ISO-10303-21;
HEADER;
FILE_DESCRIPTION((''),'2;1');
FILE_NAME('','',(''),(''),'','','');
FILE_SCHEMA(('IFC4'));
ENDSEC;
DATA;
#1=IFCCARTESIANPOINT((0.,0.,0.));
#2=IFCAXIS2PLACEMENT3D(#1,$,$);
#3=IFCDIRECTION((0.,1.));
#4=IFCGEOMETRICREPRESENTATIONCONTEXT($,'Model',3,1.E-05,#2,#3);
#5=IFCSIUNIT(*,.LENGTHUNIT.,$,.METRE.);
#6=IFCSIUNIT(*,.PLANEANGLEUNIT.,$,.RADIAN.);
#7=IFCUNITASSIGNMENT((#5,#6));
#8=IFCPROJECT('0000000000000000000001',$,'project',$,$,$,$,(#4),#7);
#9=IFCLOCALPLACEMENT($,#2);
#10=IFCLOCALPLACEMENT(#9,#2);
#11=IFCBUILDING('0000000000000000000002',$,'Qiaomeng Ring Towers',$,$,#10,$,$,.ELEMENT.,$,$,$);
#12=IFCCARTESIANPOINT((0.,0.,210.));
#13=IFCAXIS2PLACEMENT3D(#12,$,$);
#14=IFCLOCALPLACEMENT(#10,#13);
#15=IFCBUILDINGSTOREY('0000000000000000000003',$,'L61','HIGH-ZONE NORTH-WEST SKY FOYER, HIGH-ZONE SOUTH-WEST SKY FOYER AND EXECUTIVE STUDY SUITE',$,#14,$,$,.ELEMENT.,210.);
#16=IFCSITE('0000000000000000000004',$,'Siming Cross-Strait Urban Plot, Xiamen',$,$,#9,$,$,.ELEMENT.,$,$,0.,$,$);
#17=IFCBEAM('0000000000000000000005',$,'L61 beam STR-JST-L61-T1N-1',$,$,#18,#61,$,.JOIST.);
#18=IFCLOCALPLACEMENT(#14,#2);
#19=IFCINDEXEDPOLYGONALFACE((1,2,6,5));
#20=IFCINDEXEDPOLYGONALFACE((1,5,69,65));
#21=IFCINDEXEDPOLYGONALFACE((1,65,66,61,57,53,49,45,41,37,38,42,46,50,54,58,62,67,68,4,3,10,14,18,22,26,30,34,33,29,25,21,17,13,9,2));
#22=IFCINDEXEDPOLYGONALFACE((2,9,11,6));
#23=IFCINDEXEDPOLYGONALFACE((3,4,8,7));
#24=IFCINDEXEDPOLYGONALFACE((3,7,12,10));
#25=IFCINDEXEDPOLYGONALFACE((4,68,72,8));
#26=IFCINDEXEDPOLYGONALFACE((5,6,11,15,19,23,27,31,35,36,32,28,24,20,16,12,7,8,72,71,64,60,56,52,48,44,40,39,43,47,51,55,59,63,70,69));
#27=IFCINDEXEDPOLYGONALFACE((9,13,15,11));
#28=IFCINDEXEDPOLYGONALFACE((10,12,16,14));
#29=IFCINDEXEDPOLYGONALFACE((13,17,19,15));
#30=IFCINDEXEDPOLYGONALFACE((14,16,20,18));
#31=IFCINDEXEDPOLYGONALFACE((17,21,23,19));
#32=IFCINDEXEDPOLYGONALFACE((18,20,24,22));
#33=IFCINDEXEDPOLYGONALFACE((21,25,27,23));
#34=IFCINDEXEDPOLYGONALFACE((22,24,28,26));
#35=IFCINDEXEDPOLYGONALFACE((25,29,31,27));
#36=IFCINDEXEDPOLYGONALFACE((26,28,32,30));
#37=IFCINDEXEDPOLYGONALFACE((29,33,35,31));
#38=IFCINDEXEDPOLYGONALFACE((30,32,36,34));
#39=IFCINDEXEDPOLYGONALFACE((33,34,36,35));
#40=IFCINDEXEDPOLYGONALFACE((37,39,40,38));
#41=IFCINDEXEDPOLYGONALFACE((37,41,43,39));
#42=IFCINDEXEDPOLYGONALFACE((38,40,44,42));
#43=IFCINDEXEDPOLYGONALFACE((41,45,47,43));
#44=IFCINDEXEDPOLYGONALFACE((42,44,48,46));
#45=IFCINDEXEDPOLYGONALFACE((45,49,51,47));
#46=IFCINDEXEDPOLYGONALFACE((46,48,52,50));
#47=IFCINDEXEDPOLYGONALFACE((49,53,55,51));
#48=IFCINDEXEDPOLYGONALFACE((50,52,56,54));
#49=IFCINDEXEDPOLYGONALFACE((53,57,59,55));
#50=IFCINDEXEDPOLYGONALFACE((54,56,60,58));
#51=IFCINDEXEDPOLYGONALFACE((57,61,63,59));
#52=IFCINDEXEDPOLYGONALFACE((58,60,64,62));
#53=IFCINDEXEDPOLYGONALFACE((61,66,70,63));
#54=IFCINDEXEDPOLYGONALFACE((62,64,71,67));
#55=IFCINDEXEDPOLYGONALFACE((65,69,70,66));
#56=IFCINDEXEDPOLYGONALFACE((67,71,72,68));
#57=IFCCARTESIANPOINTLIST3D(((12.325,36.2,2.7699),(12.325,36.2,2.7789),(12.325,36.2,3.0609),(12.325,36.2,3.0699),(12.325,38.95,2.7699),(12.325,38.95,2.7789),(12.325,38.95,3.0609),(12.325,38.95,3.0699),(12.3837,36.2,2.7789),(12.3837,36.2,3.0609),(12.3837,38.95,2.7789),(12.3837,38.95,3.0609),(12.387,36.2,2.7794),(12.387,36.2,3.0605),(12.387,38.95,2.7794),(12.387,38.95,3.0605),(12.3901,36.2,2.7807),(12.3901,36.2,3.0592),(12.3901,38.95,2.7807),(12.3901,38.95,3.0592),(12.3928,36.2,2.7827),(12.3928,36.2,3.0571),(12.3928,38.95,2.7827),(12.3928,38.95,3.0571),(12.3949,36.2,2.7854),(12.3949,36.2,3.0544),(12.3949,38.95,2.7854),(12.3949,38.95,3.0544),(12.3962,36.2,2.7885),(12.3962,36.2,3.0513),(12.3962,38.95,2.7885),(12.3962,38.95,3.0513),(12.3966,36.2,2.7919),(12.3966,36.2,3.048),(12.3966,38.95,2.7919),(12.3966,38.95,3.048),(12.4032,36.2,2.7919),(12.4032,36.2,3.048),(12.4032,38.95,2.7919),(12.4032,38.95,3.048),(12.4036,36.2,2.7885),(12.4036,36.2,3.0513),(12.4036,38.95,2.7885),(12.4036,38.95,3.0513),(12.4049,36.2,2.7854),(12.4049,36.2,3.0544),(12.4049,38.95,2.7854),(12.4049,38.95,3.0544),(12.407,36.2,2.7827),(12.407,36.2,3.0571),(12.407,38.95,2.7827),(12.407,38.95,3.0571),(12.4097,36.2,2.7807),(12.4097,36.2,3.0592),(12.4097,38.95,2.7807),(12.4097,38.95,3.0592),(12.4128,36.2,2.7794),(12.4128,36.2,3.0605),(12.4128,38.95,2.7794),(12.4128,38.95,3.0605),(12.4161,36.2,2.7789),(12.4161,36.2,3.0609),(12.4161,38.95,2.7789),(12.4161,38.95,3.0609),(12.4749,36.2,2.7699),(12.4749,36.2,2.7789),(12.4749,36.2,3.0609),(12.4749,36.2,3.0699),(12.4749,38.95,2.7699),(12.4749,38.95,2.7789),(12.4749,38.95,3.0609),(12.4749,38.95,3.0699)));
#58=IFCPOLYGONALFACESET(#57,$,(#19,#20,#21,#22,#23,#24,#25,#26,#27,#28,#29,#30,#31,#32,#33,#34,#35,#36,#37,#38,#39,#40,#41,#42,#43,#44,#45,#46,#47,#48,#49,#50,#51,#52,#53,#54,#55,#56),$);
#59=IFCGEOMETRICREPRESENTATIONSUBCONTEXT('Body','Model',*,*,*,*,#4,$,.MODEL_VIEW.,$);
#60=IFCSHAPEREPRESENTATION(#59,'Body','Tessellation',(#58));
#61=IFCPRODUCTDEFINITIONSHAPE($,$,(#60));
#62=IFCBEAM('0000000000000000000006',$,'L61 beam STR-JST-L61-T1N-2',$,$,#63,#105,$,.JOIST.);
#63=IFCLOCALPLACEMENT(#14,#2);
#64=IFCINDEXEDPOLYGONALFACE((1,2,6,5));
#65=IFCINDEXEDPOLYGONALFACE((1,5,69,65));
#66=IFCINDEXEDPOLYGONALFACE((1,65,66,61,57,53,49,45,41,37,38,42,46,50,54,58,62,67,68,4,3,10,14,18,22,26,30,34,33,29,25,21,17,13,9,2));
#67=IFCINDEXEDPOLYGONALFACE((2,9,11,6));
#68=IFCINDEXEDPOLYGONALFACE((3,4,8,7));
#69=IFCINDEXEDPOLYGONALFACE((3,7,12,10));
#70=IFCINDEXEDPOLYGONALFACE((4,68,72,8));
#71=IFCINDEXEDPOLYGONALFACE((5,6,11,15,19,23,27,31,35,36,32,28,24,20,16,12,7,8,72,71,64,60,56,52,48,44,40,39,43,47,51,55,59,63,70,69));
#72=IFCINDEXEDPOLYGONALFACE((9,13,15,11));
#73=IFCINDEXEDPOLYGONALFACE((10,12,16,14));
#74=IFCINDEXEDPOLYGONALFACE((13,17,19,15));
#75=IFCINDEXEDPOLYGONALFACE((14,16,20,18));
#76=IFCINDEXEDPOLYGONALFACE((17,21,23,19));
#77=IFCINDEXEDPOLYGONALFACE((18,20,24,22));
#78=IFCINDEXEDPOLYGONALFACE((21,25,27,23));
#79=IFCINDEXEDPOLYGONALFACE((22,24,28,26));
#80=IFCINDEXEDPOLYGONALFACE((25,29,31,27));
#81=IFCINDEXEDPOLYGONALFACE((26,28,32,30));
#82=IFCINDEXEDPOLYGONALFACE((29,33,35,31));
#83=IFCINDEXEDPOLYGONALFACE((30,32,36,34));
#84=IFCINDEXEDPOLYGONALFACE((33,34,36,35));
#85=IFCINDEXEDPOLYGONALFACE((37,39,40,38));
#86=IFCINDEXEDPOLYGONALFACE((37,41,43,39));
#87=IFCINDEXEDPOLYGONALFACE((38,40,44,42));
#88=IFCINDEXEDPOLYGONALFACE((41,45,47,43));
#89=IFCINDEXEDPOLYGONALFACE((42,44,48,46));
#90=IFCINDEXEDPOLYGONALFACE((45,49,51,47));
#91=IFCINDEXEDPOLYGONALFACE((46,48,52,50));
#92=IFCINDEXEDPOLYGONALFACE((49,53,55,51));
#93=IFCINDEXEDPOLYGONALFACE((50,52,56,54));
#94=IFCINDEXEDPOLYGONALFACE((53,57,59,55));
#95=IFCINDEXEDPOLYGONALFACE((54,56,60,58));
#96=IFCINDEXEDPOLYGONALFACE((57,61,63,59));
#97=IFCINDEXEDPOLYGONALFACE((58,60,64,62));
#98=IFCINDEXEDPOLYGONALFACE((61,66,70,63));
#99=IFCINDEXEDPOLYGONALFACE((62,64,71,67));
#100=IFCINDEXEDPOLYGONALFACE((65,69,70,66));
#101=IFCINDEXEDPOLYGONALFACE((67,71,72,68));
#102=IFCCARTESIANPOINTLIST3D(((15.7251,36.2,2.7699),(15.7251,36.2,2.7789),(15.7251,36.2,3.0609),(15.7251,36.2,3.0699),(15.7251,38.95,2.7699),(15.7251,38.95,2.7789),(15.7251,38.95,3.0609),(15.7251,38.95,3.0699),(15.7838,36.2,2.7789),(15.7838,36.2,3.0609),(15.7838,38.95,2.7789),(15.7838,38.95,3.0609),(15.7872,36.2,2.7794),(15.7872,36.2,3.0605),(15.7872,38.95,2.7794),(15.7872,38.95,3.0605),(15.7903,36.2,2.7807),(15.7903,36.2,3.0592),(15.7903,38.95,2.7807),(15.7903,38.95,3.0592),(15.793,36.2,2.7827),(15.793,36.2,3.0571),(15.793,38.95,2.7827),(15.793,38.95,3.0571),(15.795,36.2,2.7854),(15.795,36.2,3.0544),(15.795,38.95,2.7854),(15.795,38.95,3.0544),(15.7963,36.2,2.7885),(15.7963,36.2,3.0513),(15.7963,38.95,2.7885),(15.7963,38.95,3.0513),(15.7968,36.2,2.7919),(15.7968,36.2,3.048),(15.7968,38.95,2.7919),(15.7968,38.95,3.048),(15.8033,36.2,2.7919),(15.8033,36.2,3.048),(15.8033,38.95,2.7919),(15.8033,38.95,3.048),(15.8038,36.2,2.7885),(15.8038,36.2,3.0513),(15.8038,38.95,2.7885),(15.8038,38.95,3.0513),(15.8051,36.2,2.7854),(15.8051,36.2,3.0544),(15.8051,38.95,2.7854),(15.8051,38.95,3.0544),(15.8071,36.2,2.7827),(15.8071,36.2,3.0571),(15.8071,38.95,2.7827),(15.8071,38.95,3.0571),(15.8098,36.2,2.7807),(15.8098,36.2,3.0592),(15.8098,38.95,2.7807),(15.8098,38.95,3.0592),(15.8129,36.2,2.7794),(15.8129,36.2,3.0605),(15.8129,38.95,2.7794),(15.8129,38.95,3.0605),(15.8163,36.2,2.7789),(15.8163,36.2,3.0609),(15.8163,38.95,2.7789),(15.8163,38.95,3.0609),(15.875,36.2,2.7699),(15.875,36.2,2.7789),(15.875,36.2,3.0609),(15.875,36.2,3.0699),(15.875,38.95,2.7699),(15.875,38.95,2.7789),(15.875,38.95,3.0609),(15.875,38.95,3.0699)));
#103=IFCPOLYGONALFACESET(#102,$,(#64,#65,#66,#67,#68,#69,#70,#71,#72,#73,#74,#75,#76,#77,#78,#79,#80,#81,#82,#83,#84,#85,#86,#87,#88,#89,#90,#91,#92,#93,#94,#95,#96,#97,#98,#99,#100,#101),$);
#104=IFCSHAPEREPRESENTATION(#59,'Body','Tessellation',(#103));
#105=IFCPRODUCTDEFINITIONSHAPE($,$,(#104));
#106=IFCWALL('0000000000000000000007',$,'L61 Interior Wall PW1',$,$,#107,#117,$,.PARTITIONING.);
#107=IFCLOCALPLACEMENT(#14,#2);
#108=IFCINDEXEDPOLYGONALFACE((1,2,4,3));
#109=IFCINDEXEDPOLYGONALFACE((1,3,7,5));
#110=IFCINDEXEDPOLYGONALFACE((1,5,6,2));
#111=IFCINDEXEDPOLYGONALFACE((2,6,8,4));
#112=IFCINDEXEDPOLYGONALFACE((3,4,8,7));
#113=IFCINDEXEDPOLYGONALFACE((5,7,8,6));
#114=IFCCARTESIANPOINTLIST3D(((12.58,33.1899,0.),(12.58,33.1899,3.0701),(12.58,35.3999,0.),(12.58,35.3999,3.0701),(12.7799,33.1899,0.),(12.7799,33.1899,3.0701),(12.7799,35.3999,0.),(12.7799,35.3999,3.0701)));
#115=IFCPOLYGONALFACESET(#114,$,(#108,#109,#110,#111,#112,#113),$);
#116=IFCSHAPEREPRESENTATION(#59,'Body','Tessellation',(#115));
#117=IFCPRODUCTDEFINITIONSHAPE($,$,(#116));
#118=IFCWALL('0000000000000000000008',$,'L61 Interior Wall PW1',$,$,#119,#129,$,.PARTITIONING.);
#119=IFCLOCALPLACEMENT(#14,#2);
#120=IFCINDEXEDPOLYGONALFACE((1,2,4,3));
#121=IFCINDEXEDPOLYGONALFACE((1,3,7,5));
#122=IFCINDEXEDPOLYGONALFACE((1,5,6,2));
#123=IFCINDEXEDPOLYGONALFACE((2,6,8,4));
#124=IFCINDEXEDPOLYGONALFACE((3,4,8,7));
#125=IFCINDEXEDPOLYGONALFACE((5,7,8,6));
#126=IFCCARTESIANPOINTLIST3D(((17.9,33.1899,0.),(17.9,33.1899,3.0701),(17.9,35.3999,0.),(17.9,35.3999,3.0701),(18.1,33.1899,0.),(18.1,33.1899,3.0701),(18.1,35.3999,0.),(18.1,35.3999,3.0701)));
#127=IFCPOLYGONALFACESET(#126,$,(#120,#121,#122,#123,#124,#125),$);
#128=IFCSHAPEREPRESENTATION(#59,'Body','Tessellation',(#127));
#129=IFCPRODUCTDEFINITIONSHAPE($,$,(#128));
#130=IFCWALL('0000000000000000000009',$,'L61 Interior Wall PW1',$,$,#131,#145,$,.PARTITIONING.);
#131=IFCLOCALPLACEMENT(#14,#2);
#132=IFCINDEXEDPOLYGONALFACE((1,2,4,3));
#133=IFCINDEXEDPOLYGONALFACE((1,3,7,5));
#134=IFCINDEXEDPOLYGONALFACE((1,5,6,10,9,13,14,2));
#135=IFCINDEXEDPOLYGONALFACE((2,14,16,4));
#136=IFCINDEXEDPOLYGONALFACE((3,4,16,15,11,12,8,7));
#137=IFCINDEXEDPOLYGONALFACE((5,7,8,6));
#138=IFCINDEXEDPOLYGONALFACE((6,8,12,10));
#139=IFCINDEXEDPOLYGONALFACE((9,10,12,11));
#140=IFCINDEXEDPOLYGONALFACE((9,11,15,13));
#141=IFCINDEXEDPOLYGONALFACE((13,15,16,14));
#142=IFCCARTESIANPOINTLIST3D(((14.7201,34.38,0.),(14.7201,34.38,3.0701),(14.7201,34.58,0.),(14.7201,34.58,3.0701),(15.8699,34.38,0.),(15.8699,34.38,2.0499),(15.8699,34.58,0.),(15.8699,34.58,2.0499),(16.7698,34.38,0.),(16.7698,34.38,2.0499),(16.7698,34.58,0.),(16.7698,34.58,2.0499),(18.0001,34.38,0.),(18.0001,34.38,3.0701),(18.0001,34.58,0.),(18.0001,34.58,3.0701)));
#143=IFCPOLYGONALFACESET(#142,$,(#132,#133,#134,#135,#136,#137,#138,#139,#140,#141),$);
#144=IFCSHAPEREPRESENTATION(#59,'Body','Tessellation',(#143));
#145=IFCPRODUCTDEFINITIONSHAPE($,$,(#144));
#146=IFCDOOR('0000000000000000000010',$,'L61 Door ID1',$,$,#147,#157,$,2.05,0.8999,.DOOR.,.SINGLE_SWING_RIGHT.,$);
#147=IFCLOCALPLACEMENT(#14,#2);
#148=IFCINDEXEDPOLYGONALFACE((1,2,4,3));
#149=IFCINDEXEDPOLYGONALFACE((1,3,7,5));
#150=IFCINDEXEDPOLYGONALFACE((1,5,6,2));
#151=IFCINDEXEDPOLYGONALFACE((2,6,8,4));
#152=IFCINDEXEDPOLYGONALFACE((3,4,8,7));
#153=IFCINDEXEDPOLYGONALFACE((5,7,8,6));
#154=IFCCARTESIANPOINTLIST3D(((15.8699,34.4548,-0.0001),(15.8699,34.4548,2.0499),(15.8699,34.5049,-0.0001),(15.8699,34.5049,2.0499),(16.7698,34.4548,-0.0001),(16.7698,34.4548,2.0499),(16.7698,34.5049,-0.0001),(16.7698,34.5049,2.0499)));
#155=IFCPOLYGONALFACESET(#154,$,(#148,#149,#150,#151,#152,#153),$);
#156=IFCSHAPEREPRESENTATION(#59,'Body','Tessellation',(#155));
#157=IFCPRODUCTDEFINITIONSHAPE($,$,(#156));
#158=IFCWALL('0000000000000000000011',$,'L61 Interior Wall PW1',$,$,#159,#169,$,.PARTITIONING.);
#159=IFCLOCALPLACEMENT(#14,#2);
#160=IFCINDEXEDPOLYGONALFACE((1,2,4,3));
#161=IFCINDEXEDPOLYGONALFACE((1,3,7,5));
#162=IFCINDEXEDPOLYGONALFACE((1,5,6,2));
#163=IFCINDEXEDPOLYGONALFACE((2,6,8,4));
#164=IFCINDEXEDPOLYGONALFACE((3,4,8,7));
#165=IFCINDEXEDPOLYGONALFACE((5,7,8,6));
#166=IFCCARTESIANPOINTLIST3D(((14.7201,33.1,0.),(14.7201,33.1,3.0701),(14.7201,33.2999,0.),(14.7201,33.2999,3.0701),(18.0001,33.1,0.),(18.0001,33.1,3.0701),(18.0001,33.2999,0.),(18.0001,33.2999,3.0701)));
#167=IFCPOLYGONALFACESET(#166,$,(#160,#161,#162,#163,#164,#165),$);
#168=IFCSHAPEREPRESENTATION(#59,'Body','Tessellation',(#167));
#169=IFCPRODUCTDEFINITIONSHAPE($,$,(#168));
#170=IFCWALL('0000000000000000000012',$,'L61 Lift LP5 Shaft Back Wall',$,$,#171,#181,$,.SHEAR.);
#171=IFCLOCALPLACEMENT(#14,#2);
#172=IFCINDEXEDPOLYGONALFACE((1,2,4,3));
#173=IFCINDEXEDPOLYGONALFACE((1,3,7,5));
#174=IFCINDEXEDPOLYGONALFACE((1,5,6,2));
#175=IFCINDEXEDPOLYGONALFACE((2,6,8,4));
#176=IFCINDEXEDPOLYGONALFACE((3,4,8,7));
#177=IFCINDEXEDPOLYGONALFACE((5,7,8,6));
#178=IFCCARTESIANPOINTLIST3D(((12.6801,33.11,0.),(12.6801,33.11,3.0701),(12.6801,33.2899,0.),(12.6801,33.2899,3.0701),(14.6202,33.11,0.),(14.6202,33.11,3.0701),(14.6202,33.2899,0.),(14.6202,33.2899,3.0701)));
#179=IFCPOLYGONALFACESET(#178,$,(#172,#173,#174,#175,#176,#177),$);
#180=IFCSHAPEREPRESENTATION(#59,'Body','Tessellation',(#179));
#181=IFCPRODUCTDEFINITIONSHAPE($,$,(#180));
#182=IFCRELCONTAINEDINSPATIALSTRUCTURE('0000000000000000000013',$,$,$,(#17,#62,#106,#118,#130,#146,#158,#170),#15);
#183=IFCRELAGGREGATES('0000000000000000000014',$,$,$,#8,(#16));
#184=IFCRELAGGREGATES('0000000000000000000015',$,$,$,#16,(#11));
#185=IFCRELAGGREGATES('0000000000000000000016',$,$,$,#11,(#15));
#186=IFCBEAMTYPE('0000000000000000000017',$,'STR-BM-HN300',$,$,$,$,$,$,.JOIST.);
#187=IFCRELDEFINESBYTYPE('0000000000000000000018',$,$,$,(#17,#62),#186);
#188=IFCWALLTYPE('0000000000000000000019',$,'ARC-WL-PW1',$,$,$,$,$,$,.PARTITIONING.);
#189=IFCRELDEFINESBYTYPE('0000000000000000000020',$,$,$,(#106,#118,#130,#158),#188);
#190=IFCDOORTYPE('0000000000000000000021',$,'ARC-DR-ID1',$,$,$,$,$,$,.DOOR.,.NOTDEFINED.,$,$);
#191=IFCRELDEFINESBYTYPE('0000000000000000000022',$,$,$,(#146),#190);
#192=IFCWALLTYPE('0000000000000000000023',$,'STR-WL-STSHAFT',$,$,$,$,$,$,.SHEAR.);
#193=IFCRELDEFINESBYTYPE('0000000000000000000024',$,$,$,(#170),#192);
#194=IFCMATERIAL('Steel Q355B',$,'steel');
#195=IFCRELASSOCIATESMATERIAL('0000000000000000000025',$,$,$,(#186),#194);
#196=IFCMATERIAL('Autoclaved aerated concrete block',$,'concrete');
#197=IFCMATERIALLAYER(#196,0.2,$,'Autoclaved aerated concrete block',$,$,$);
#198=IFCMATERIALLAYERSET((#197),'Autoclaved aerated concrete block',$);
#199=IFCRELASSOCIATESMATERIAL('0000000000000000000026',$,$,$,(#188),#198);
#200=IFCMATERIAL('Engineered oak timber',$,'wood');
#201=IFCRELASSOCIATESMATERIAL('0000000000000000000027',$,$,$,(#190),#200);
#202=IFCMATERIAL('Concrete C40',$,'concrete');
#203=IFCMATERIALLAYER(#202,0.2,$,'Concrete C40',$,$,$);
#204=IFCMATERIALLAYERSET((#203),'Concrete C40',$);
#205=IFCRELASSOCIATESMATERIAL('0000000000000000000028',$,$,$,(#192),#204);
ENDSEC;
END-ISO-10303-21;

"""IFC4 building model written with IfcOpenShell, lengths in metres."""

from ifc_helpers import new_model, si_unit, direction, frame, frame_2d, origin, origin_2d, place, context, subcontext, project, spatial, rectangle, i_section, extrude, source, transform, mapped, material, layer, layer_set, material_profile, profile_set, type_object, element, fill, save


model = new_model("IFC4")

# Units and contexts
model_context = context("Model", 3, precision=1e-05, world=origin(), true_north=direction((0.0, 1.0)))
body_context = subcontext(model_context, "Body", "Model", "MODEL_VIEW")
ifc_project = project(units=[si_unit("LENGTHUNIT", "METRE"), si_unit("PLANEANGLEUNIT", "RADIAN")], contexts=[model_context])

# Site, building, storey
site_placement = place(None, origin())
site = spatial("IfcSite", under=ifc_project, at=site_placement, Name="Siming Cross-Strait Urban Plot, Xiamen", CompositionType="ELEMENT", RefElevation=0.0)
building_placement = place(site_placement, origin())
building = spatial("IfcBuilding", under=site, at=building_placement, Name="Qiaomeng Ring Towers", CompositionType="ELEMENT")
storey_placement = place(building_placement, frame((0.0, 0.0, 210.0)))
storey = spatial("IfcBuildingStorey", under=building, at=storey_placement, Name="L61", Description="HIGH-ZONE NORTH-WEST SKY FOYER, HIGH-ZONE SOUTH-WEST SKY FOYER AND EXECUTIVE STUDY SUITE", CompositionType="ELEMENT", Elevation=210.0)

# Beams
ifc_material_1 = material(Name="Steel Q355B", Category="steel")
ifc_material_profile_1 = material_profile(ifc_material_1, i_section(OverallWidth=0.1499, OverallDepth=0.3, WebThickness=0.0066, FlangeThickness=0.009, FilletRadius=0.0129, at=origin_2d()), Name="HN 300x150x6.5x9")
ifc_profile_set_1 = profile_set([ifc_material_profile_1], Name="Steel Q355B")
beam_type = type_object("IfcBeamType", Name="STR-BM-HN300", PredefinedType="JOIST", material=ifc_profile_set_1)
shared_shape_1 = source(origin(), body_context, "Body", "SweptSolid", [
    extrude(i_section(OverallWidth=0.1499, OverallDepth=0.3, WebThickness=0.0066, FlangeThickness=0.009, FilletRadius=0.0129, at=origin_2d()), origin(), (0.0, 0.0, 1.0), 2.75),
])
for number, where, z_axis, x_axis, name in (
    (1, (12.3999, 36.2, 2.9199), (0.0, 1.0, 0.0), (-1.0, 0.0, 0.0), "L61 beam STR-JST-L61-T1N-1"),
    (2, (15.8, 36.2, 2.9199), (0.0, 1.0, 0.0), (-1.0, 0.0, 0.0), "L61 beam STR-JST-L61-T1N-2"),
):
    element("IfcBeam", number, at=place(storey_placement, frame(where, z_axis=z_axis, x_axis=x_axis)), inside=storey, type_object=beam_type, Name=name, PredefinedType="JOIST", context=body_context, shape_type="MappedRepresentation", body=[
        mapped(shared_shape_1, transform((0.0, 0.0, 0.0), x_axis=(1.0, 0.0, 0.0), y_axis=(0.0, 1.0, 0.0), z_axis=(0.0, 0.0, 1.0), scale=1.0)),
    ])

# Walls
ifc_material_2 = material(Name="Autoclaved aerated concrete block", Category="concrete")
ifc_layer_1 = layer(ifc_material_2, 0.2, Name="Autoclaved aerated concrete block")
ifc_layer_set_1 = layer_set([ifc_layer_1], Name="Autoclaved aerated concrete block")
wall_type_1 = type_object("IfcWallType", Name="ARC-WL-PW1", PredefinedType="PARTITIONING", material=ifc_layer_set_1)
for number, where, z_axis, x_axis, name in (
    (3, (12.6799, 33.1899, 0.0), (0.0, 0.0, 1.0), (0.0, 1.0, 0.0), "L61 Interior Wall PW1"),
    (4, (18.0, 33.1899, 0.0), (0.0, 0.0, 1.0), (0.0, 1.0, 0.0), "L61 Interior Wall PW1"),
):
    element("IfcWall", number, at=place(storey_placement, frame(where, z_axis=z_axis, x_axis=x_axis)), inside=storey, type_object=wall_type_1, Name=name, PredefinedType="PARTITIONING", context=body_context, shape_type="SweptSolid", body=[
        extrude(rectangle(XDim=2.21, YDim=0.2, at=frame_2d((1.105, 0.0))), origin(), (0.0, 0.0, 1.0), 3.0701),
    ])

# Wall, opening, door
wall_1_placement = place(storey_placement, frame((14.72, 34.48, 0.0), z_axis=(0.0, 0.0, 1.0), x_axis=(1.0, 0.0, 0.0)))
wall_1 = element("IfcWall", 5, at=wall_1_placement, inside=storey, type_object=wall_type_1, Name="L61 Interior Wall PW1", PredefinedType="PARTITIONING", context=body_context, shape_type="SweptSolid", body=[
    extrude(rectangle(XDim=3.28, YDim=0.2, at=frame_2d((1.6401, 0.0))), origin(), (0.0, 0.0, 1.0), 3.0701),
])
opening_1_placement = place(wall_1_placement, frame((1.1499, 0.0, 0.0)))
opening_1 = element("IfcOpeningElement", 6, at=opening_1_placement, cuts=wall_1, PredefinedType="OPENING", context=body_context, shape_type="SweptSolid", body=[
    extrude(rectangle(XDim=0.8999, YDim=2.05, at=frame_2d((0.45, 1.0249))), frame((0.0, 0.1099, 0.0), z_axis=(0.0, -1.0, 0.0), x_axis=(1.0, 0.0, 0.0)), (0.0, 0.0, 1.0), 0.22),
])
ifc_material_3 = material(Name="Engineered oak timber", Category="wood")
door_type_1 = type_object("IfcDoorType", Name="ARC-DR-ID1", OperationType="NOTDEFINED", PredefinedType="DOOR", material=ifc_material_3)
shared_shape_2 = source(origin(), body_context, "Body", "SweptSolid", [
    extrude(rectangle(XDim=0.8999, YDim=2.05, at=frame_2d((0.45, 1.0249))), frame((0.0, 0.0249, 0.0), z_axis=(0.0, -1.0, 0.0), x_axis=(1.0, 0.0, 0.0)), (0.0, 0.0, 1.0), 0.05),
])
door_1_placement = place(opening_1_placement, origin())
door_1 = element("IfcDoor", 7, at=door_1_placement, inside=storey, type_object=door_type_1, Name="L61 Door ID1", OperationType="SINGLE_SWING_RIGHT", OverallHeight=2.05, OverallWidth=0.8999, PredefinedType="DOOR", context=body_context, shape_type="MappedRepresentation", body=[
    mapped(shared_shape_2, transform((0.0, 0.0, 0.0), x_axis=(1.0, 0.0, 0.0), y_axis=(0.0, 1.0, 0.0), z_axis=(0.0, 0.0, 1.0), scale=1.0)),
])
fill(opening_1, door_1)

# Walls
wall_2_placement = place(storey_placement, frame((14.72, 33.2, 0.0), z_axis=(0.0, 0.0, 1.0), x_axis=(1.0, 0.0, 0.0)))
element("IfcWall", 8, at=wall_2_placement, inside=storey, type_object=wall_type_1, Name="L61 Interior Wall PW1", PredefinedType="PARTITIONING", context=body_context, shape_type="SweptSolid", body=[
    extrude(rectangle(XDim=3.28, YDim=0.2, at=frame_2d((1.6401, 0.0))), origin(), (0.0, 0.0, 1.0), 3.0701),
])
ifc_material_4 = material(Name="Concrete C40", Category="concrete")
ifc_layer_2 = layer(ifc_material_4, 0.2, Name="Concrete C40")
ifc_layer_set_2 = layer_set([ifc_layer_2], Name="Concrete C40")
wall_type_2 = type_object("IfcWallType", Name="STR-WL-STSHAFT", PredefinedType="SHEAR", material=ifc_layer_set_2)
wall_3_placement = place(storey_placement, frame((12.6799, 33.2, 0.0), z_axis=(0.0, 0.0, 1.0), x_axis=(1.0, 0.0, 0.0)))
element("IfcWall", 9, at=wall_3_placement, inside=storey, type_object=wall_type_2, Name="L61 Lift LP5 Shaft Back Wall", PredefinedType="SHEAR", context=body_context, shape_type="SweptSolid", body=[
    extrude(rectangle(XDim=1.9402, YDim=0.1799, at=frame_2d((0.9702, 0.0))), origin(), (0.0, 0.0, 1.0), 3.0701),
])

save(model, "model.ifc")
